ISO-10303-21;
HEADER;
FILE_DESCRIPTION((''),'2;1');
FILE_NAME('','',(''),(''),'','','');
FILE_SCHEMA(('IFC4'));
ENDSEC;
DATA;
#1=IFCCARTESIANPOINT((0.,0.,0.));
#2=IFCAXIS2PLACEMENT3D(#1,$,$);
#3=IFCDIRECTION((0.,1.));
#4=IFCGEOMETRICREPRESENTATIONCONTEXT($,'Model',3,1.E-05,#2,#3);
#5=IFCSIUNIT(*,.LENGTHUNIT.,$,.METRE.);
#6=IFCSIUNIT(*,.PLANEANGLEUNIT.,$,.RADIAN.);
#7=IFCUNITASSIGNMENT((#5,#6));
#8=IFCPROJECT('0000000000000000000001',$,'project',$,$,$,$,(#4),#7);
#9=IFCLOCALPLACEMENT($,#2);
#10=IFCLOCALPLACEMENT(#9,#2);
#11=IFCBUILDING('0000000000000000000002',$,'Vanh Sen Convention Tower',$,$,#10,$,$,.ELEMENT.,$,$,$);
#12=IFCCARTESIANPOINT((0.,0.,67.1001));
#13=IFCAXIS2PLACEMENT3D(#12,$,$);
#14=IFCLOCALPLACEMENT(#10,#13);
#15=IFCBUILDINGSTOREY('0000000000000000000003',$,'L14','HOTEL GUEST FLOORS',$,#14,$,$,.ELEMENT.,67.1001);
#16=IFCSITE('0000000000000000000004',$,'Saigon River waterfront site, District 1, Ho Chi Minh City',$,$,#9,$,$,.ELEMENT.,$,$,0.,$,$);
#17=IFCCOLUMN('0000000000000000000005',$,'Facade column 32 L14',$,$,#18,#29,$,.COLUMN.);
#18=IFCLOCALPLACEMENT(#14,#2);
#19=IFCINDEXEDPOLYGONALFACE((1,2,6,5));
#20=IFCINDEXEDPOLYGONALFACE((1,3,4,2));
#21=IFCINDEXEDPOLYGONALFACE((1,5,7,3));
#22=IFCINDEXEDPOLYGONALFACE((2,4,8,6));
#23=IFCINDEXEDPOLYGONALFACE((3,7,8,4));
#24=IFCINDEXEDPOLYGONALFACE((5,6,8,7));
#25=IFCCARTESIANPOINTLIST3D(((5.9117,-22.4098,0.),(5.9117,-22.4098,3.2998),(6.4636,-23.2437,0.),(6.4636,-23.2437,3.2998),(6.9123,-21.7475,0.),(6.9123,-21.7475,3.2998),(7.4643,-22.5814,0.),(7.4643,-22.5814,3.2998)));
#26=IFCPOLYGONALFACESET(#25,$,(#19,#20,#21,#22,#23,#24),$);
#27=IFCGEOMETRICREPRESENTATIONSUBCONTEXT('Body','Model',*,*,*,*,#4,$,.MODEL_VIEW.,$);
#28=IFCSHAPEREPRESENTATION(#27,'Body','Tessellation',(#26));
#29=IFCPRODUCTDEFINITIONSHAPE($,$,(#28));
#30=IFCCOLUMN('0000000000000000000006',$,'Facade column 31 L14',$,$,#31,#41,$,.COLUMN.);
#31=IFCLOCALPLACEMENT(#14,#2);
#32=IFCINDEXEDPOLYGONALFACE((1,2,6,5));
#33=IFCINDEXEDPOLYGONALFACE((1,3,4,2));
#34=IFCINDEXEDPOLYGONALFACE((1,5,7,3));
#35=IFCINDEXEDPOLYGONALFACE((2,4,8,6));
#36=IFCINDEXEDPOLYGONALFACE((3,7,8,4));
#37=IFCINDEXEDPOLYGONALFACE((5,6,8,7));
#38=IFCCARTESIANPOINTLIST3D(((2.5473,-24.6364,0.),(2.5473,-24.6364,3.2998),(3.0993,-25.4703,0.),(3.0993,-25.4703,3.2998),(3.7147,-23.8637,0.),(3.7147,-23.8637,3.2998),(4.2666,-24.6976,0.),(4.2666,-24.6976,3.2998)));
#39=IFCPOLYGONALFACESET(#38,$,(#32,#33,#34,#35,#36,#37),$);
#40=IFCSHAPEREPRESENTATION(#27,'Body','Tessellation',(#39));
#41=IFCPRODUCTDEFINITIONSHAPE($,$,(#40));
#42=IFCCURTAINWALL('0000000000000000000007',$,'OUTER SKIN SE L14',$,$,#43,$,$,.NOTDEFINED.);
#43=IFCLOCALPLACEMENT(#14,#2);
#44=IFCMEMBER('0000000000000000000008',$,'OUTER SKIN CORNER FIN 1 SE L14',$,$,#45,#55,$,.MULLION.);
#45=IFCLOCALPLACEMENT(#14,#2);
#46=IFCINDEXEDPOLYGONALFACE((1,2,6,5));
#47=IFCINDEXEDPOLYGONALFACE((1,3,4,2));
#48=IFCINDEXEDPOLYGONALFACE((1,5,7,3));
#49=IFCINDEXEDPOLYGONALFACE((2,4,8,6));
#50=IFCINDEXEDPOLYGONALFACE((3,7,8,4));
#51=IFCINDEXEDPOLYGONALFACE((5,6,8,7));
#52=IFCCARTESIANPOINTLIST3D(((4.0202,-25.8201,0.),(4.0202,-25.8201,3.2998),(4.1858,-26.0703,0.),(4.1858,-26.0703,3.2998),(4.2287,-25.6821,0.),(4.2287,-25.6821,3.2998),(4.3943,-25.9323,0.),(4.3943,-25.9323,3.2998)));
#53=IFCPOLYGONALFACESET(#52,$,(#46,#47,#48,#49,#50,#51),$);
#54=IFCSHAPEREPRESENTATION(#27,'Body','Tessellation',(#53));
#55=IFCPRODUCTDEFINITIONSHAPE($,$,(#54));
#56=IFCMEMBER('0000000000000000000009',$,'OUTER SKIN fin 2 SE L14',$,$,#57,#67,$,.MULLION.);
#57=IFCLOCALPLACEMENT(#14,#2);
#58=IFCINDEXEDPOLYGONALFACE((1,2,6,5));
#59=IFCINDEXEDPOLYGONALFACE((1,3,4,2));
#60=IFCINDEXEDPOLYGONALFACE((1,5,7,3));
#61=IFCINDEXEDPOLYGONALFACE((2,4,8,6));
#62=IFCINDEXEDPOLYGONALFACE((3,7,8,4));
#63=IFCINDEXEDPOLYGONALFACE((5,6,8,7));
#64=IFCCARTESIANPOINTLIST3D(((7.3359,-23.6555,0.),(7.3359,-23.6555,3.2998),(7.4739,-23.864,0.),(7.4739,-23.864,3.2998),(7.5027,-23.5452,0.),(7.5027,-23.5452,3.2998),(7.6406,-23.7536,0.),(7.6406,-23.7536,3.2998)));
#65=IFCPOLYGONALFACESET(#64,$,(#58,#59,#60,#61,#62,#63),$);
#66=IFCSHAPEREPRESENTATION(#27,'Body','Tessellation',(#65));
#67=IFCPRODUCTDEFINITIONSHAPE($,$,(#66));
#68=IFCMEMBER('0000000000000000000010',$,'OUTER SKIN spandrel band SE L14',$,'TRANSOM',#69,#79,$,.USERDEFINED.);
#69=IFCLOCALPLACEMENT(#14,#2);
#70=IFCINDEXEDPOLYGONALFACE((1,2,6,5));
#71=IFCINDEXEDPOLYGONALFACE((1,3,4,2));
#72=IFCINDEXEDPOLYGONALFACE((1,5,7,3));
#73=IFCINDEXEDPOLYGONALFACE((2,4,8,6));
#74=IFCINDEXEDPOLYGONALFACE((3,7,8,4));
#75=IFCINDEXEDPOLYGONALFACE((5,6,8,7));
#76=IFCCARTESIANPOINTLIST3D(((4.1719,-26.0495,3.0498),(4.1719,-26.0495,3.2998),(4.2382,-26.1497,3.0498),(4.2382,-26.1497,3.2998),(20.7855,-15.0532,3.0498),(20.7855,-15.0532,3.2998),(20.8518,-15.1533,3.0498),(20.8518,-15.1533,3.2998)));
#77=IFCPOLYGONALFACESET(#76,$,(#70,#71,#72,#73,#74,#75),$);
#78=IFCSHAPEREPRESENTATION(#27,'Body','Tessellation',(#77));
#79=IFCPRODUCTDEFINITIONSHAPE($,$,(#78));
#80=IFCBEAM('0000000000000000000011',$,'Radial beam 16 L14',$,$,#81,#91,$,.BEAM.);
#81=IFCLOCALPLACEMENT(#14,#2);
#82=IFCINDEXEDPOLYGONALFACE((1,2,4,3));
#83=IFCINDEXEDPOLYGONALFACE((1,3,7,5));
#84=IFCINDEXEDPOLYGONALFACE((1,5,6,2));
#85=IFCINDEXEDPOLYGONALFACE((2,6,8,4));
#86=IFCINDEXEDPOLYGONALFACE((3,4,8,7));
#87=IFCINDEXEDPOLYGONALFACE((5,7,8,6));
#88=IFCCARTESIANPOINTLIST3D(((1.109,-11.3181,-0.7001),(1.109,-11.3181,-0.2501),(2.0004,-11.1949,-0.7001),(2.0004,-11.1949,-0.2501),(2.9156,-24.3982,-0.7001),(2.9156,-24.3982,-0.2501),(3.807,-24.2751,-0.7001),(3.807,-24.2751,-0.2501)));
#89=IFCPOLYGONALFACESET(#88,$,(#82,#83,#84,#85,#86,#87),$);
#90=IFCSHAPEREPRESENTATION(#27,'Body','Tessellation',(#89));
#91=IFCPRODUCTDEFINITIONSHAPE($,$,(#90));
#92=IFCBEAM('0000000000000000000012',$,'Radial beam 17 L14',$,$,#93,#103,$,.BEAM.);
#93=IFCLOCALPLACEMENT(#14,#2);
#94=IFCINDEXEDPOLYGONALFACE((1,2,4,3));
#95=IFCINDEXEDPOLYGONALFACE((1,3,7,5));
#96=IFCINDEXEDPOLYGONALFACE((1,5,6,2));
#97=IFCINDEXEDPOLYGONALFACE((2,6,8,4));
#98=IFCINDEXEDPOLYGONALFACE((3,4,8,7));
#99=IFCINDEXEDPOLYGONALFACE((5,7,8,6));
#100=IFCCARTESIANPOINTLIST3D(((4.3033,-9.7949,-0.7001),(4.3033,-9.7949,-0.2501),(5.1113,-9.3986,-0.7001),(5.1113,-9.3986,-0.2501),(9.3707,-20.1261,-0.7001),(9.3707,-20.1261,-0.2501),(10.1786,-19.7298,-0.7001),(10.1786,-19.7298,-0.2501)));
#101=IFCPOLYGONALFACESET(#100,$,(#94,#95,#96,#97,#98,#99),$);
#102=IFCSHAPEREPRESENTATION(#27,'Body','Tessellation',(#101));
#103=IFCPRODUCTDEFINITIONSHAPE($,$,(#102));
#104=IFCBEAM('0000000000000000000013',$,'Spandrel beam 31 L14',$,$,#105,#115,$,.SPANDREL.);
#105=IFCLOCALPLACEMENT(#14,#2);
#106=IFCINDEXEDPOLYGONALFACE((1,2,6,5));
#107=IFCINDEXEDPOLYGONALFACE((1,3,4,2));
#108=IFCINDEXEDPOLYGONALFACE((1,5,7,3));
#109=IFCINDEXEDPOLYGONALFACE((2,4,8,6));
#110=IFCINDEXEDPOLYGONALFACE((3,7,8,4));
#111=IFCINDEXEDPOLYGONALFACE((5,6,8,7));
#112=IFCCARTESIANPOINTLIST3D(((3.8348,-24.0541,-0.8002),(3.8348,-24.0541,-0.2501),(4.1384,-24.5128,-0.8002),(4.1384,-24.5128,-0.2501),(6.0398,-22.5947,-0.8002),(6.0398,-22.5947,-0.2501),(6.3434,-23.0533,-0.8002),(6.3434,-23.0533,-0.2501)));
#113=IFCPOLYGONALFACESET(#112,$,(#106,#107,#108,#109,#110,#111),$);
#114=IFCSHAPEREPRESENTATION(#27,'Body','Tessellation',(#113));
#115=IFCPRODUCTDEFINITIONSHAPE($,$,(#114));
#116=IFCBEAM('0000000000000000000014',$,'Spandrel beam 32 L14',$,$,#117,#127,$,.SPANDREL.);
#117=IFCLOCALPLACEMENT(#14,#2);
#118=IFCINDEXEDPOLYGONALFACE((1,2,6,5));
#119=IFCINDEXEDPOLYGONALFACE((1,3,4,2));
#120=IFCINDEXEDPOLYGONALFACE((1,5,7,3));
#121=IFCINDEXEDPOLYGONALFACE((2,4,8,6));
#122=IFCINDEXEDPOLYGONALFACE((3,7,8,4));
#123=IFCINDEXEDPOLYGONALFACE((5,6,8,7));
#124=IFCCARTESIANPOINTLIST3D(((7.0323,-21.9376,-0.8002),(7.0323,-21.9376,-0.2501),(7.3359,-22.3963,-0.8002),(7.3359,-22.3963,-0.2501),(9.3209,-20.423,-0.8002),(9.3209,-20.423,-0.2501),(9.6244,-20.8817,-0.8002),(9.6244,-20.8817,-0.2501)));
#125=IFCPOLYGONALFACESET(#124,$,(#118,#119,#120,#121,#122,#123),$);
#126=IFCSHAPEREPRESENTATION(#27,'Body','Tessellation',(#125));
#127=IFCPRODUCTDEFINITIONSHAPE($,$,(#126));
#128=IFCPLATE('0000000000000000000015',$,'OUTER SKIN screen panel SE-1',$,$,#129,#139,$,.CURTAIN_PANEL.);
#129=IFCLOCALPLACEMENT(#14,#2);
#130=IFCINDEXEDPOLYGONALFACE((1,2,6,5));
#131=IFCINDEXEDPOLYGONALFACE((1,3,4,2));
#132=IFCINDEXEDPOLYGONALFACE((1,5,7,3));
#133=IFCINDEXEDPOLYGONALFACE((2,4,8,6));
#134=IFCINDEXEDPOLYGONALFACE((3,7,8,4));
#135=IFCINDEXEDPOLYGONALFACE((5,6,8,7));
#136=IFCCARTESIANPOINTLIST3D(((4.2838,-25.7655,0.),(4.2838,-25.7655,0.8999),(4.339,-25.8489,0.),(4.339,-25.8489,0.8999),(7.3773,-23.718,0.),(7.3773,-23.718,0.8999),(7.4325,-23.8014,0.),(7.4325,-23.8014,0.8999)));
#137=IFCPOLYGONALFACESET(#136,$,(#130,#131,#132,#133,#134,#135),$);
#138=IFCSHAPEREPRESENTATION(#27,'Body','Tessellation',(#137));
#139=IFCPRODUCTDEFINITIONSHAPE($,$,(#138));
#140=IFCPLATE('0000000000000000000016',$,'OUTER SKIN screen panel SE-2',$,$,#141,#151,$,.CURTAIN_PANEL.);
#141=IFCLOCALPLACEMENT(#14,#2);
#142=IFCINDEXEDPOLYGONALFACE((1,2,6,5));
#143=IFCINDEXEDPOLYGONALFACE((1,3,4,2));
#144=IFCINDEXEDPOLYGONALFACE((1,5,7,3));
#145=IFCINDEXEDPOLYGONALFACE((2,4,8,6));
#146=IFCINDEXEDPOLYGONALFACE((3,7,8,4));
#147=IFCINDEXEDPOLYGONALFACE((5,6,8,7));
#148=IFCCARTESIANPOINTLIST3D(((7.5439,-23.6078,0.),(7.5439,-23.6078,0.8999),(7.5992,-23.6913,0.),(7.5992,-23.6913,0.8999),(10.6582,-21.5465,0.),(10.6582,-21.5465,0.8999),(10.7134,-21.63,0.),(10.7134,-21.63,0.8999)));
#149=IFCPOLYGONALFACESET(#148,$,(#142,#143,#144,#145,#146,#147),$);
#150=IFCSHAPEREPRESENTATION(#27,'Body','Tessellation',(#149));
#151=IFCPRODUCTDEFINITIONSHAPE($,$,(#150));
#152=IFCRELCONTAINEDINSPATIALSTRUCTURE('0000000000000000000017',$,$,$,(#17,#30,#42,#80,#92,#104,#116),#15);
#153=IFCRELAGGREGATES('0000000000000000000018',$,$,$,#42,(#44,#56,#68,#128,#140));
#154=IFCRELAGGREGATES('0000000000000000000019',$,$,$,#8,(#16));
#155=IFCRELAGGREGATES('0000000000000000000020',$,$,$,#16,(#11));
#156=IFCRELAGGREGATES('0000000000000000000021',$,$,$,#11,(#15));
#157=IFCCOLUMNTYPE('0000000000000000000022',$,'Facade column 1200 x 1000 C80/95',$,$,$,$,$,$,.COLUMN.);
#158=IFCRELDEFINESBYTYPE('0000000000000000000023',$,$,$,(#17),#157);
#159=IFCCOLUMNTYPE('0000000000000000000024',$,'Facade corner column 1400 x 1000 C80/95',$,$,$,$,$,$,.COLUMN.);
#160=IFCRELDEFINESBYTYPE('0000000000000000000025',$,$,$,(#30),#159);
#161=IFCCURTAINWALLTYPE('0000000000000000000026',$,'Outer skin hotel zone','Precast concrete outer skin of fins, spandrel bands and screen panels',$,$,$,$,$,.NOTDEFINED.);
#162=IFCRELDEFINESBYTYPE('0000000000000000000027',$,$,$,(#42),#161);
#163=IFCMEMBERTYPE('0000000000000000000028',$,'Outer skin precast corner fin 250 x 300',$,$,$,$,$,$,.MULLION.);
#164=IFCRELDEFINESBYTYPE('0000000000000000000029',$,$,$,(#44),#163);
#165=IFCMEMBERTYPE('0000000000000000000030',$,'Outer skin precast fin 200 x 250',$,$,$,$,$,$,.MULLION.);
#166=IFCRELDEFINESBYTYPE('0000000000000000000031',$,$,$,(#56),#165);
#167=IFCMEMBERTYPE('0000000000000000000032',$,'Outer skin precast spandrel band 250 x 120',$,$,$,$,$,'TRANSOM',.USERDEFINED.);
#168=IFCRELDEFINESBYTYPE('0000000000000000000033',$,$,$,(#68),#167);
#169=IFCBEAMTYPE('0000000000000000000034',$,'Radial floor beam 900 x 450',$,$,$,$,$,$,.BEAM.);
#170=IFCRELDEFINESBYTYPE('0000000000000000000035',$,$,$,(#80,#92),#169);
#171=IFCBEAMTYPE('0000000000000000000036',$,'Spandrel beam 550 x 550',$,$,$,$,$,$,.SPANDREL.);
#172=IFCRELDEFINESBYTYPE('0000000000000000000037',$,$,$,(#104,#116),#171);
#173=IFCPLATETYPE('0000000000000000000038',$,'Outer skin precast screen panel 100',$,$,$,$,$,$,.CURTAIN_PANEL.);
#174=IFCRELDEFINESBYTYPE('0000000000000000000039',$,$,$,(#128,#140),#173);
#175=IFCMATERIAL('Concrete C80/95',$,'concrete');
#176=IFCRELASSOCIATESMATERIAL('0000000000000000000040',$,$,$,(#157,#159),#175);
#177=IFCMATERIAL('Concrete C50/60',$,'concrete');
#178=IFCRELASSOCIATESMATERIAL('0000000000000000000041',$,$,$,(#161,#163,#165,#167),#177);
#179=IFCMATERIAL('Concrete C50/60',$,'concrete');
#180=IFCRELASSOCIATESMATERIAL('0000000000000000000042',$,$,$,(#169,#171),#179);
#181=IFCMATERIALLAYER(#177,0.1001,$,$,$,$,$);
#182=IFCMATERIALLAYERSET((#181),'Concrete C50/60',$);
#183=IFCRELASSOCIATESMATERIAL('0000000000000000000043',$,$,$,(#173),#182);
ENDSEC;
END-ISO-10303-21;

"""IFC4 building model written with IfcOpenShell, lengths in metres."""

from ifc_helpers import new_model, si_unit, direction, frame, origin, origin_2d, place, context, subcontext, project, spatial, rectangle, extrude, material, layer, layer_set, material_profile, profile_set, type_object, element, aggregate, save


model = new_model("IFC4")

# Units and contexts
model_context = context("Model", 3, precision=1e-05, world=origin(), true_north=direction((0.0, 1.0)))
body_context = subcontext(model_context, "Body", "Model", "MODEL_VIEW")
ifc_project = project(units=[si_unit("LENGTHUNIT", "METRE"), si_unit("PLANEANGLEUNIT", "RADIAN")], contexts=[model_context])

# Site, building, storey
site_placement = place(None, origin())
site = spatial("IfcSite", under=ifc_project, at=site_placement, Name="Saigon River waterfront site, District 1, Ho Chi Minh City", CompositionType="ELEMENT", RefElevation=0.0)
building_placement = place(site_placement, origin())
building = spatial("IfcBuilding", under=site, at=building_placement, Name="Vanh Sen Convention Tower", CompositionType="ELEMENT")
storey_placement = place(building_placement, frame((0.0, 0.0, 67.1001)))
storey = spatial("IfcBuildingStorey", under=building, at=storey_placement, Name="L14", Description="HOTEL GUEST FLOORS", CompositionType="ELEMENT", Elevation=67.1001)

# Columns
ifc_material_1 = material(Name="Concrete C80/95", Category="concrete")
ifc_material_profile_1 = material_profile(ifc_material_1, rectangle(XDim=1.2, YDim=1.0, at=origin_2d()), Name="RC 1200X1000")
ifc_profile_set_1 = profile_set([ifc_material_profile_1], Name="Concrete C80/95")
column_type_1 = type_object("IfcColumnType", Name="Facade column 1200 x 1000 C80/95", PredefinedType="COLUMN", material=ifc_profile_set_1)
column_1_placement = place(storey_placement, frame((6.688, -22.4956, 0.0), z_axis=(0.0, 0.0, 1.0), x_axis=(0.833886, 0.551937, 0.0)))
element("IfcColumn", 1, at=column_1_placement, inside=storey, type_object=column_type_1, Name="Facade column 32 L14", PredefinedType="COLUMN", context=body_context, shape_type="SweptSolid", body=[
    extrude(rectangle(XDim=1.2, YDim=1.0, at=origin_2d()), origin(), (0.0, 0.0, 1.0), 3.2998),
])
ifc_material_profile_2 = material_profile(ifc_material_1, rectangle(XDim=1.3999, YDim=1.0, at=origin_2d()), Name="RC 1400X1000")
ifc_profile_set_2 = profile_set([ifc_material_profile_2], Name="Concrete C80/95")
column_type_2 = type_object("IfcColumnType", Name="Facade corner column 1400 x 1000 C80/95", PredefinedType="COLUMN", material=ifc_profile_set_2)
column_2_placement = place(storey_placement, frame((3.407, -24.667, 0.0), z_axis=(0.0, 0.0, 1.0), x_axis=(0.833886, 0.551937, 0.0)))
element("IfcColumn", 2, at=column_2_placement, inside=storey, type_object=column_type_2, Name="Facade column 31 L14", PredefinedType="COLUMN", context=body_context, shape_type="SweptSolid", body=[
    extrude(rectangle(XDim=1.3999, YDim=1.0, at=origin_2d()), origin(), (0.0, 0.0, 1.0), 3.2998),
])

# Curtain wall, members
ifc_material_2 = material(Name="Concrete C50/60", Category="concrete")
curtain_wall_type = type_object("IfcCurtainWallType", Name="Outer skin hotel zone", Description="Precast concrete outer skin of fins, spandrel bands and screen panels", PredefinedType="NOTDEFINED", material=ifc_material_2)
curtain_wall_placement = place(storey_placement, origin())
curtain_wall = element("IfcCurtainWall", 3, at=curtain_wall_placement, inside=storey, type_object=curtain_wall_type, Name="OUTER SKIN SE L14", PredefinedType="NOTDEFINED")
ifc_material_profile_3 = material_profile(ifc_material_2, rectangle(XDim=0.25, YDim=0.3, at=origin_2d()), Name="Outer skin precast corner fin 250 x 300")
ifc_profile_set_3 = profile_set([ifc_material_profile_3], Name="Concrete C50/60")
member_type_1 = type_object("IfcMemberType", Name="Outer skin precast corner fin 250 x 300", PredefinedType="MULLION", material=ifc_profile_set_3)
member_1_placement = place(storey_placement, frame((4.2073, -25.8762, 0.0), z_axis=(0.0, 0.0, 1.0), x_axis=(0.833886, 0.551937, 0.0)))
member_1 = element("IfcMember", 4, at=member_1_placement, type_object=member_type_1, Name="OUTER SKIN CORNER FIN 1 SE L14", PredefinedType="MULLION", context=body_context, shape_type="SweptSolid", body=[
    extrude(rectangle(XDim=0.25, YDim=0.3, at=origin_2d()), origin(), (0.0, 0.0, 1.0), 3.2998),
])
ifc_material_profile_4 = material_profile(ifc_material_2, rectangle(XDim=0.2, YDim=0.25, at=origin_2d()), Name="Outer skin precast fin 200 x 250")
ifc_profile_set_4 = profile_set([ifc_material_profile_4], Name="Concrete C50/60")
member_type_2 = type_object("IfcMemberType", Name="Outer skin precast fin 200 x 250", PredefinedType="MULLION", material=ifc_profile_set_4)
member_2_placement = place(storey_placement, frame((7.4883, -23.7046, 0.0), z_axis=(0.0, 0.0, 1.0), x_axis=(0.833886, 0.551937, 0.0)))
member_2 = element("IfcMember", 5, at=member_2_placement, type_object=member_type_2, Name="OUTER SKIN fin 2 SE L14", PredefinedType="MULLION", context=body_context, shape_type="SweptSolid", body=[
    extrude(rectangle(XDim=0.2, YDim=0.25, at=origin_2d()), origin(), (0.0, 0.0, 1.0), 3.2998),
])
ifc_material_profile_5 = material_profile(ifc_material_2, rectangle(XDim=0.1201, YDim=0.25, at=origin_2d()), Name="Outer skin precast spandrel band 250 x 120")
ifc_profile_set_5 = profile_set([ifc_material_profile_5], Name="Concrete C50/60")
member_type_3 = type_object("IfcMemberType", Name="Outer skin precast spandrel band 250 x 120", ElementType="TRANSOM", PredefinedType="USERDEFINED", material=ifc_profile_set_5)
member_3_placement = place(storey_placement, frame((4.2051, -26.0996, 3.1748), z_axis=(0.833884, 0.55194, 0.0), x_axis=(-0.55194, 0.833884, 0.0)))
member_3 = element("IfcMember", 6, at=member_3_placement, type_object=member_type_3, Name="OUTER SKIN spandrel band SE L14", ObjectType="TRANSOM", PredefinedType="USERDEFINED", context=body_context, shape_type="SweptSolid", body=[
    extrude(rectangle(XDim=0.1201, YDim=0.25, at=origin_2d()), origin(), (0.0, 0.0, 1.0), 19.9231),
])

# Beams
ifc_material_3 = material(Name="Concrete C50/60", Category="concrete")
ifc_material_profile_6 = material_profile(ifc_material_3, rectangle(XDim=0.8999, YDim=0.45, at=origin_2d()), Name="RC 900X450")
ifc_profile_set_6 = profile_set([ifc_material_profile_6], Name="Concrete C50/60")
beam_type_1 = type_object("IfcBeamType", Name="Radial floor beam 900 x 450", PredefinedType="BEAM", material=ifc_profile_set_6)
beam_1_placement = place(storey_placement, frame((3.3613, -24.3367, -0.4751), z_axis=(-0.136823, 0.990596, 0.0), x_axis=(-0.990596, -0.136823, 0.0)))
element("IfcBeam", 7, at=beam_1_placement, inside=storey, type_object=beam_type_1, Name="Radial beam 16 L14", PredefinedType="BEAM", context=body_context, shape_type="SweptSolid", body=[
    extrude(rectangle(XDim=0.8999, YDim=0.45, at=origin_2d()), origin(), (0.0, 0.0, 1.0), 13.2043),
])
beam_2_placement = place(storey_placement, frame((9.7747, -19.928, -0.4751), z_axis=(-0.440369, 0.897817, 0.0), x_axis=(-0.897817, -0.440369, 0.0)))
element("IfcBeam", 8, at=beam_2_placement, inside=storey, type_object=beam_type_1, Name="Radial beam 17 L14", PredefinedType="BEAM", context=body_context, shape_type="SweptSolid", body=[
    extrude(rectangle(XDim=0.8999, YDim=0.45, at=origin_2d()), origin(), (0.0, 0.0, 1.0), 11.5071),
])
ifc_material_profile_7 = material_profile(ifc_material_3, rectangle(XDim=0.55, YDim=0.55, at=origin_2d()), Name="RC 550X550")
ifc_profile_set_7 = profile_set([ifc_material_profile_7], Name="Concrete C50/60")
beam_type_2 = type_object("IfcBeamType", Name="Spandrel beam 550 x 550", PredefinedType="SPANDREL", material=ifc_profile_set_7)
beam_3_placement = place(storey_placement, frame((3.9866, -24.2834, -0.5251), z_axis=(0.833892, 0.551927, 0.0), x_axis=(-0.551927, 0.833892, 0.0)))
element("IfcBeam", 9, at=beam_3_placement, inside=storey, type_object=beam_type_2, Name="Spandrel beam 31 L14", PredefinedType="SPANDREL", context=body_context, shape_type="SweptSolid", body=[
    extrude(rectangle(XDim=0.55, YDim=0.55, at=origin_2d()), origin(), (0.0, 0.0, 1.0), 2.6443),
])
beam_4_placement = place(storey_placement, frame((7.1841, -22.167, -0.5251), z_axis=(0.833907, 0.551905, 0.0), x_axis=(-0.551905, 0.833907, 0.0)))
element("IfcBeam", 10, at=beam_4_placement, inside=storey, type_object=beam_type_2, Name="Spandrel beam 32 L14", PredefinedType="SPANDREL", context=body_context, shape_type="SweptSolid", body=[
    extrude(rectangle(XDim=0.55, YDim=0.55, at=origin_2d()), origin(), (0.0, 0.0, 1.0), 2.7444),
])

# Plates
ifc_layer_1 = layer(ifc_material_2, 0.1001)
ifc_layer_set_1 = layer_set([ifc_layer_1], Name="Concrete C50/60")
plate_type = type_object("IfcPlateType", Name="Outer skin precast screen panel 100", PredefinedType="CURTAIN_PANEL", material=ifc_layer_set_1)
plate_1_placement = place(storey_placement, frame((5.8582, -24.7834, 0.0), z_axis=(0.0, 0.0, 1.0), x_axis=(0.833892, 0.551928, 0.0)))
plate_1 = element("IfcPlate", 11, at=plate_1_placement, type_object=plate_type, Name="OUTER SKIN screen panel SE-1", PredefinedType="CURTAIN_PANEL", context=body_context, shape_type="SweptSolid", body=[
    extrude(rectangle(XDim=3.7097, YDim=0.1001, at=origin_2d()), origin(), (0.0, 0.0, 1.0), 0.8999),
])
plate_2_placement = place(storey_placement, frame((9.1287, -22.6189, 0.0), z_axis=(0.0, 0.0, 1.0), x_axis=(0.833892, 0.551928, 0.0)))
plate_2 = element("IfcPlate", 12, at=plate_2_placement, type_object=plate_type, Name="OUTER SKIN screen panel SE-2", PredefinedType="CURTAIN_PANEL", context=body_context, shape_type="SweptSolid", body=[
    extrude(rectangle(XDim=3.7346, YDim=0.1001, at=origin_2d()), origin(), (0.0, 0.0, 1.0), 0.8999),
])
aggregate(curtain_wall, [member_1, member_2, member_3, plate_1, plate_2])

save(model, "model.ifc")
